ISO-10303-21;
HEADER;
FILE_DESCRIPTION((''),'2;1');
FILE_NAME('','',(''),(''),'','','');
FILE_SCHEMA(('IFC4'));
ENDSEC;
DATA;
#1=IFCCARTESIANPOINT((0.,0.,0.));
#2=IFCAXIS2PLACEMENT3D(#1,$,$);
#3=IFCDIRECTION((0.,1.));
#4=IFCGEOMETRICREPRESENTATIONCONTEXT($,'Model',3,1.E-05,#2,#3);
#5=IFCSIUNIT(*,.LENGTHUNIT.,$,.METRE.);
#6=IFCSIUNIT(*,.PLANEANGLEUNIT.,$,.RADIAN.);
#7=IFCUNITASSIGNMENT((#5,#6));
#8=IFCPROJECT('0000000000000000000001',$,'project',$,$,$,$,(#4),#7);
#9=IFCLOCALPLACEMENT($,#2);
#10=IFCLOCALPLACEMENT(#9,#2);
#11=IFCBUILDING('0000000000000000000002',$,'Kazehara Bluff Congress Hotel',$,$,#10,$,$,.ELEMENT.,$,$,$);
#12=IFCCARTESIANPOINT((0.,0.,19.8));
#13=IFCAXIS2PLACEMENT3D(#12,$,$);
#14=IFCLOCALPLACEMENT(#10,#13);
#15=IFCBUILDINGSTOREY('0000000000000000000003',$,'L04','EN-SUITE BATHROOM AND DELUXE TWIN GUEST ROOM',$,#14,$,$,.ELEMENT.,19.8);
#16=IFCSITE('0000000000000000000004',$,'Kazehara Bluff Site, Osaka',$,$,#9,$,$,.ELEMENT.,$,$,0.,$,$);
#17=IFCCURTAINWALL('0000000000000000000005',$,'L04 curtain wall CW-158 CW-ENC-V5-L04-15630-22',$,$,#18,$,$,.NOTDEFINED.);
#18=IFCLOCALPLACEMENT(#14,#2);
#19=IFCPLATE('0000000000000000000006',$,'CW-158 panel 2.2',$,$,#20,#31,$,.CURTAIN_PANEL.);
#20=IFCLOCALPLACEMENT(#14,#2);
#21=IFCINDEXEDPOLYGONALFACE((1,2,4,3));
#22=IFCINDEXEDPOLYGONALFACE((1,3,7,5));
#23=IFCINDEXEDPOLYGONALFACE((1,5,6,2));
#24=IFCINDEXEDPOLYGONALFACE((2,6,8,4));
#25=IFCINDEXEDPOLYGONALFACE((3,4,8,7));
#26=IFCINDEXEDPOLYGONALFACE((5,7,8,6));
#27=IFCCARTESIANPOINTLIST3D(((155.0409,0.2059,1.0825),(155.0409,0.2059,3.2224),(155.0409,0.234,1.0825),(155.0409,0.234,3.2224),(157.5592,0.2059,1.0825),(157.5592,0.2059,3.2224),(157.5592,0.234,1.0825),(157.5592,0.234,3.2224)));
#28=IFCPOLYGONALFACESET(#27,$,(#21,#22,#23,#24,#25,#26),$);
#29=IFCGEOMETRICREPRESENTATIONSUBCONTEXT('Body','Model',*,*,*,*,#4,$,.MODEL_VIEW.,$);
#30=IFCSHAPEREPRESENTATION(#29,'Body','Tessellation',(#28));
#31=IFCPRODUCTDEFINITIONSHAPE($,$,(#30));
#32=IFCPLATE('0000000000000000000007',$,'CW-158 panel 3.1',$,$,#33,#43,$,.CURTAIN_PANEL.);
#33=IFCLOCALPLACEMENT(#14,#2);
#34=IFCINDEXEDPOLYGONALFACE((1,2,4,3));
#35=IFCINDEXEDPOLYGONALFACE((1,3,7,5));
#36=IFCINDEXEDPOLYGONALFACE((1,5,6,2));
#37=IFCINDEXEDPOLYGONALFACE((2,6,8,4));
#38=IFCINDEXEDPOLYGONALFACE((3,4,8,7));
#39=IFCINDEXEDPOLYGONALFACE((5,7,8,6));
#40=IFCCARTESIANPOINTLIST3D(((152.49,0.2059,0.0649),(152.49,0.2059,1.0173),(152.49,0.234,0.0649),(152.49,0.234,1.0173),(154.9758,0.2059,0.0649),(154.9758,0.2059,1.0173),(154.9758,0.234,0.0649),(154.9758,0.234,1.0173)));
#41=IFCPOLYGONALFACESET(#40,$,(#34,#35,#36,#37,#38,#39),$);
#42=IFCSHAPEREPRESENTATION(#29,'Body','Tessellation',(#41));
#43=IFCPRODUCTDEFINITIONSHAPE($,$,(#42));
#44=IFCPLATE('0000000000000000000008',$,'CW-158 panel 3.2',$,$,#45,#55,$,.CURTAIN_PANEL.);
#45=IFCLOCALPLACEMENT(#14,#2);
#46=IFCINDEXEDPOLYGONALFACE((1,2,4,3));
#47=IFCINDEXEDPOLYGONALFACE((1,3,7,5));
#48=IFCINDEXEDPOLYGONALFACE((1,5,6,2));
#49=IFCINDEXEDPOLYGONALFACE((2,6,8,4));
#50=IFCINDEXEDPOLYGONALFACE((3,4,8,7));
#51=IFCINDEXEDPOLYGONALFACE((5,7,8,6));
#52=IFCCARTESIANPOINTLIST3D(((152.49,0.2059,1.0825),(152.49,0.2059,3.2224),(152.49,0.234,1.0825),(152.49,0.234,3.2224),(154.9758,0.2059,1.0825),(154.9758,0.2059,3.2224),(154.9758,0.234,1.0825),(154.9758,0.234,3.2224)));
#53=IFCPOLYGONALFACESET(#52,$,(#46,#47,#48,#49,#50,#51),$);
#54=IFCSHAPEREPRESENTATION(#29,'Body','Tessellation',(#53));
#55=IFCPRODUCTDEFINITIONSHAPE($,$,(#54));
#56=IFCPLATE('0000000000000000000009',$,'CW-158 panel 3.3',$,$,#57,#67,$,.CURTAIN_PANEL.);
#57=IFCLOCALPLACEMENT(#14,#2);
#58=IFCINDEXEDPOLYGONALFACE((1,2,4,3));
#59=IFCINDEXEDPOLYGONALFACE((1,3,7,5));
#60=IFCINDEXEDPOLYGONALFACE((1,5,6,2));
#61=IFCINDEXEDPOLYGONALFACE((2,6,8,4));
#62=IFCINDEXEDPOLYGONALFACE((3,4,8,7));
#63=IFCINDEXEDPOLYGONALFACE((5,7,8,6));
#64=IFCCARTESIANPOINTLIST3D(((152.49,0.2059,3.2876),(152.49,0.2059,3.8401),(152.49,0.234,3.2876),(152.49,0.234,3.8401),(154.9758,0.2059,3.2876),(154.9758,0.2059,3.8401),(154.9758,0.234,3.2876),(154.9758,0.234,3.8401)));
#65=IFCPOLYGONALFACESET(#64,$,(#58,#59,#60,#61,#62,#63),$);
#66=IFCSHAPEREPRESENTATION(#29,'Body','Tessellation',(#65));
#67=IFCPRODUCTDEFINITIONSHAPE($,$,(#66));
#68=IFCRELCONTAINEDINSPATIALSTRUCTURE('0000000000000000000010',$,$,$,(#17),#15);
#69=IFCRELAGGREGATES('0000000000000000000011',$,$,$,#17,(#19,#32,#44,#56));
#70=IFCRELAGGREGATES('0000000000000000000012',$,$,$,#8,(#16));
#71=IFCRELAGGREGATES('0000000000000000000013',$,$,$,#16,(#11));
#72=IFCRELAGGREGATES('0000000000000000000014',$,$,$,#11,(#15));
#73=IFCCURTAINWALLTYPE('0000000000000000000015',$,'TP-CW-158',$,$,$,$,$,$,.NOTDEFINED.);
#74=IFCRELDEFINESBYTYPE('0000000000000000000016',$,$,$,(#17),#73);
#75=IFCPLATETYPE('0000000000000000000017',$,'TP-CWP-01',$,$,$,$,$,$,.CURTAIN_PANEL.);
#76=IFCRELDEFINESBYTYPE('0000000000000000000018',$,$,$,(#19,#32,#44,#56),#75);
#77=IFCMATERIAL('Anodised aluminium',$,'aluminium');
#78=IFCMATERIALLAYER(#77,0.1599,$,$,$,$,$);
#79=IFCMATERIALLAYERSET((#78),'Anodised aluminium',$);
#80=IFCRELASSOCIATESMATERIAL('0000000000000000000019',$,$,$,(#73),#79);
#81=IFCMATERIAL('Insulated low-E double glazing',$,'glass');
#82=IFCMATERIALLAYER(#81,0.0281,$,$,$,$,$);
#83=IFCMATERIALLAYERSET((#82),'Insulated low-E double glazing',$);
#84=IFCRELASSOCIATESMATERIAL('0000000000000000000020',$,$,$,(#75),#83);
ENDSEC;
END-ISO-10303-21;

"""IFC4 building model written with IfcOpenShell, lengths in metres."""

from ifc_helpers import new_model, si_unit, direction, frame, origin, origin_2d, place, context, subcontext, project, spatial, rectangle, extrude, material, layer, layer_set, type_object, element, aggregate, save


model = new_model("IFC4")

# Units and contexts
model_context = context("Model", 3, precision=1e-05, world=origin(), true_north=direction((0.0, 1.0)))
body_context = subcontext(model_context, "Body", "Model", "MODEL_VIEW")
ifc_project = project(units=[si_unit("LENGTHUNIT", "METRE"), si_unit("PLANEANGLEUNIT", "RADIAN")], contexts=[model_context])

# Site, building, storey
site_placement = place(None, origin())
site = spatial("IfcSite", under=ifc_project, at=site_placement, Name="Kazehara Bluff Site, Osaka", CompositionType="ELEMENT", RefElevation=0.0)
building_placement = place(site_placement, origin())
building = spatial("IfcBuilding", under=site, at=building_placement, Name="Kazehara Bluff Congress Hotel", CompositionType="ELEMENT")
storey_placement = place(building_placement, frame((0.0, 0.0, 19.8)))
storey = spatial("IfcBuildingStorey", under=building, at=storey_placement, Name="L04", Description="EN-SUITE BATHROOM AND DELUXE TWIN GUEST ROOM", CompositionType="ELEMENT", Elevation=19.8)

# Curtain wall
ifc_material_1 = material(Name="Anodised aluminium", Category="aluminium")
ifc_layer_1 = layer(ifc_material_1, 0.1599)
ifc_layer_set_1 = layer_set([ifc_layer_1], Name="Anodised aluminium")
curtain_wall_type = type_object("IfcCurtainWallType", Name="TP-CW-158", PredefinedType="NOTDEFINED", material=ifc_layer_set_1)
curtain_wall_1_placement = place(storey_placement, origin())
curtain_wall_1 = element("IfcCurtainWall", 1, at=curtain_wall_1_placement, inside=storey, type_object=curtain_wall_type, Name="L04 curtain wall CW-158 CW-ENC-V5-L04-15630-22", PredefinedType="NOTDEFINED")

# Plates
ifc_material_2 = material(Name="Insulated low-E double glazing", Category="glass")
ifc_layer_2 = layer(ifc_material_2, 0.0281)
ifc_layer_set_2 = layer_set([ifc_layer_2], Name="Insulated low-E double glazing")
plate_type = type_object("IfcPlateType", Name="TP-CWP-01", PredefinedType="CURTAIN_PANEL", material=ifc_layer_set_2)
plate_1_placement = place(storey_placement, frame((156.3, 0.22, 1.0825), z_axis=(0.0, 0.0, 1.0), x_axis=(-1.0, 0.0, 0.0)))
plate_1 = element("IfcPlate", 2, at=plate_1_placement, type_object=plate_type, Name="CW-158 panel 2.2", PredefinedType="CURTAIN_PANEL", context=body_context, shape_type="SweptSolid", body=[
    extrude(rectangle(XDim=2.5183, YDim=0.0281, at=origin_2d()), origin(), (0.0, 0.0, 1.0), 2.1399),
])
plate_2_placement = place(storey_placement, frame((153.7329, 0.22, 0.0649), z_axis=(0.0, 0.0, 1.0), x_axis=(-1.0, 0.0, 0.0)))
plate_2 = element("IfcPlate", 3, at=plate_2_placement, type_object=plate_type, Name="CW-158 panel 3.1", PredefinedType="CURTAIN_PANEL", context=body_context, shape_type="SweptSolid", body=[
    extrude(rectangle(XDim=2.4858, YDim=0.0281, at=origin_2d()), origin(), (0.0, 0.0, 1.0), 0.9524),
])
plate_3_placement = place(storey_placement, frame((153.7329, 0.22, 1.0825), z_axis=(0.0, 0.0, 1.0), x_axis=(-1.0, 0.0, 0.0)))
plate_3 = element("IfcPlate", 4, at=plate_3_placement, type_object=plate_type, Name="CW-158 panel 3.2", PredefinedType="CURTAIN_PANEL", context=body_context, shape_type="SweptSolid", body=[
    extrude(rectangle(XDim=2.4858, YDim=0.0281, at=origin_2d()), origin(), (0.0, 0.0, 1.0), 2.1399),
])
plate_4_placement = place(storey_placement, frame((153.7329, 0.22, 3.2876), z_axis=(0.0, 0.0, 1.0), x_axis=(-1.0, 0.0, 0.0)))
plate_4 = element("IfcPlate", 5, at=plate_4_placement, type_object=plate_type, Name="CW-158 panel 3.3", PredefinedType="CURTAIN_PANEL", context=body_context, shape_type="SweptSolid", body=[
    extrude(rectangle(XDim=2.4858, YDim=0.0281, at=origin_2d()), origin(), (0.0, 0.0, 1.0), 0.5525),
])
aggregate(curtain_wall_1, [plate_1, plate_2, plate_3, plate_4])

save(model, "model.ifc")
